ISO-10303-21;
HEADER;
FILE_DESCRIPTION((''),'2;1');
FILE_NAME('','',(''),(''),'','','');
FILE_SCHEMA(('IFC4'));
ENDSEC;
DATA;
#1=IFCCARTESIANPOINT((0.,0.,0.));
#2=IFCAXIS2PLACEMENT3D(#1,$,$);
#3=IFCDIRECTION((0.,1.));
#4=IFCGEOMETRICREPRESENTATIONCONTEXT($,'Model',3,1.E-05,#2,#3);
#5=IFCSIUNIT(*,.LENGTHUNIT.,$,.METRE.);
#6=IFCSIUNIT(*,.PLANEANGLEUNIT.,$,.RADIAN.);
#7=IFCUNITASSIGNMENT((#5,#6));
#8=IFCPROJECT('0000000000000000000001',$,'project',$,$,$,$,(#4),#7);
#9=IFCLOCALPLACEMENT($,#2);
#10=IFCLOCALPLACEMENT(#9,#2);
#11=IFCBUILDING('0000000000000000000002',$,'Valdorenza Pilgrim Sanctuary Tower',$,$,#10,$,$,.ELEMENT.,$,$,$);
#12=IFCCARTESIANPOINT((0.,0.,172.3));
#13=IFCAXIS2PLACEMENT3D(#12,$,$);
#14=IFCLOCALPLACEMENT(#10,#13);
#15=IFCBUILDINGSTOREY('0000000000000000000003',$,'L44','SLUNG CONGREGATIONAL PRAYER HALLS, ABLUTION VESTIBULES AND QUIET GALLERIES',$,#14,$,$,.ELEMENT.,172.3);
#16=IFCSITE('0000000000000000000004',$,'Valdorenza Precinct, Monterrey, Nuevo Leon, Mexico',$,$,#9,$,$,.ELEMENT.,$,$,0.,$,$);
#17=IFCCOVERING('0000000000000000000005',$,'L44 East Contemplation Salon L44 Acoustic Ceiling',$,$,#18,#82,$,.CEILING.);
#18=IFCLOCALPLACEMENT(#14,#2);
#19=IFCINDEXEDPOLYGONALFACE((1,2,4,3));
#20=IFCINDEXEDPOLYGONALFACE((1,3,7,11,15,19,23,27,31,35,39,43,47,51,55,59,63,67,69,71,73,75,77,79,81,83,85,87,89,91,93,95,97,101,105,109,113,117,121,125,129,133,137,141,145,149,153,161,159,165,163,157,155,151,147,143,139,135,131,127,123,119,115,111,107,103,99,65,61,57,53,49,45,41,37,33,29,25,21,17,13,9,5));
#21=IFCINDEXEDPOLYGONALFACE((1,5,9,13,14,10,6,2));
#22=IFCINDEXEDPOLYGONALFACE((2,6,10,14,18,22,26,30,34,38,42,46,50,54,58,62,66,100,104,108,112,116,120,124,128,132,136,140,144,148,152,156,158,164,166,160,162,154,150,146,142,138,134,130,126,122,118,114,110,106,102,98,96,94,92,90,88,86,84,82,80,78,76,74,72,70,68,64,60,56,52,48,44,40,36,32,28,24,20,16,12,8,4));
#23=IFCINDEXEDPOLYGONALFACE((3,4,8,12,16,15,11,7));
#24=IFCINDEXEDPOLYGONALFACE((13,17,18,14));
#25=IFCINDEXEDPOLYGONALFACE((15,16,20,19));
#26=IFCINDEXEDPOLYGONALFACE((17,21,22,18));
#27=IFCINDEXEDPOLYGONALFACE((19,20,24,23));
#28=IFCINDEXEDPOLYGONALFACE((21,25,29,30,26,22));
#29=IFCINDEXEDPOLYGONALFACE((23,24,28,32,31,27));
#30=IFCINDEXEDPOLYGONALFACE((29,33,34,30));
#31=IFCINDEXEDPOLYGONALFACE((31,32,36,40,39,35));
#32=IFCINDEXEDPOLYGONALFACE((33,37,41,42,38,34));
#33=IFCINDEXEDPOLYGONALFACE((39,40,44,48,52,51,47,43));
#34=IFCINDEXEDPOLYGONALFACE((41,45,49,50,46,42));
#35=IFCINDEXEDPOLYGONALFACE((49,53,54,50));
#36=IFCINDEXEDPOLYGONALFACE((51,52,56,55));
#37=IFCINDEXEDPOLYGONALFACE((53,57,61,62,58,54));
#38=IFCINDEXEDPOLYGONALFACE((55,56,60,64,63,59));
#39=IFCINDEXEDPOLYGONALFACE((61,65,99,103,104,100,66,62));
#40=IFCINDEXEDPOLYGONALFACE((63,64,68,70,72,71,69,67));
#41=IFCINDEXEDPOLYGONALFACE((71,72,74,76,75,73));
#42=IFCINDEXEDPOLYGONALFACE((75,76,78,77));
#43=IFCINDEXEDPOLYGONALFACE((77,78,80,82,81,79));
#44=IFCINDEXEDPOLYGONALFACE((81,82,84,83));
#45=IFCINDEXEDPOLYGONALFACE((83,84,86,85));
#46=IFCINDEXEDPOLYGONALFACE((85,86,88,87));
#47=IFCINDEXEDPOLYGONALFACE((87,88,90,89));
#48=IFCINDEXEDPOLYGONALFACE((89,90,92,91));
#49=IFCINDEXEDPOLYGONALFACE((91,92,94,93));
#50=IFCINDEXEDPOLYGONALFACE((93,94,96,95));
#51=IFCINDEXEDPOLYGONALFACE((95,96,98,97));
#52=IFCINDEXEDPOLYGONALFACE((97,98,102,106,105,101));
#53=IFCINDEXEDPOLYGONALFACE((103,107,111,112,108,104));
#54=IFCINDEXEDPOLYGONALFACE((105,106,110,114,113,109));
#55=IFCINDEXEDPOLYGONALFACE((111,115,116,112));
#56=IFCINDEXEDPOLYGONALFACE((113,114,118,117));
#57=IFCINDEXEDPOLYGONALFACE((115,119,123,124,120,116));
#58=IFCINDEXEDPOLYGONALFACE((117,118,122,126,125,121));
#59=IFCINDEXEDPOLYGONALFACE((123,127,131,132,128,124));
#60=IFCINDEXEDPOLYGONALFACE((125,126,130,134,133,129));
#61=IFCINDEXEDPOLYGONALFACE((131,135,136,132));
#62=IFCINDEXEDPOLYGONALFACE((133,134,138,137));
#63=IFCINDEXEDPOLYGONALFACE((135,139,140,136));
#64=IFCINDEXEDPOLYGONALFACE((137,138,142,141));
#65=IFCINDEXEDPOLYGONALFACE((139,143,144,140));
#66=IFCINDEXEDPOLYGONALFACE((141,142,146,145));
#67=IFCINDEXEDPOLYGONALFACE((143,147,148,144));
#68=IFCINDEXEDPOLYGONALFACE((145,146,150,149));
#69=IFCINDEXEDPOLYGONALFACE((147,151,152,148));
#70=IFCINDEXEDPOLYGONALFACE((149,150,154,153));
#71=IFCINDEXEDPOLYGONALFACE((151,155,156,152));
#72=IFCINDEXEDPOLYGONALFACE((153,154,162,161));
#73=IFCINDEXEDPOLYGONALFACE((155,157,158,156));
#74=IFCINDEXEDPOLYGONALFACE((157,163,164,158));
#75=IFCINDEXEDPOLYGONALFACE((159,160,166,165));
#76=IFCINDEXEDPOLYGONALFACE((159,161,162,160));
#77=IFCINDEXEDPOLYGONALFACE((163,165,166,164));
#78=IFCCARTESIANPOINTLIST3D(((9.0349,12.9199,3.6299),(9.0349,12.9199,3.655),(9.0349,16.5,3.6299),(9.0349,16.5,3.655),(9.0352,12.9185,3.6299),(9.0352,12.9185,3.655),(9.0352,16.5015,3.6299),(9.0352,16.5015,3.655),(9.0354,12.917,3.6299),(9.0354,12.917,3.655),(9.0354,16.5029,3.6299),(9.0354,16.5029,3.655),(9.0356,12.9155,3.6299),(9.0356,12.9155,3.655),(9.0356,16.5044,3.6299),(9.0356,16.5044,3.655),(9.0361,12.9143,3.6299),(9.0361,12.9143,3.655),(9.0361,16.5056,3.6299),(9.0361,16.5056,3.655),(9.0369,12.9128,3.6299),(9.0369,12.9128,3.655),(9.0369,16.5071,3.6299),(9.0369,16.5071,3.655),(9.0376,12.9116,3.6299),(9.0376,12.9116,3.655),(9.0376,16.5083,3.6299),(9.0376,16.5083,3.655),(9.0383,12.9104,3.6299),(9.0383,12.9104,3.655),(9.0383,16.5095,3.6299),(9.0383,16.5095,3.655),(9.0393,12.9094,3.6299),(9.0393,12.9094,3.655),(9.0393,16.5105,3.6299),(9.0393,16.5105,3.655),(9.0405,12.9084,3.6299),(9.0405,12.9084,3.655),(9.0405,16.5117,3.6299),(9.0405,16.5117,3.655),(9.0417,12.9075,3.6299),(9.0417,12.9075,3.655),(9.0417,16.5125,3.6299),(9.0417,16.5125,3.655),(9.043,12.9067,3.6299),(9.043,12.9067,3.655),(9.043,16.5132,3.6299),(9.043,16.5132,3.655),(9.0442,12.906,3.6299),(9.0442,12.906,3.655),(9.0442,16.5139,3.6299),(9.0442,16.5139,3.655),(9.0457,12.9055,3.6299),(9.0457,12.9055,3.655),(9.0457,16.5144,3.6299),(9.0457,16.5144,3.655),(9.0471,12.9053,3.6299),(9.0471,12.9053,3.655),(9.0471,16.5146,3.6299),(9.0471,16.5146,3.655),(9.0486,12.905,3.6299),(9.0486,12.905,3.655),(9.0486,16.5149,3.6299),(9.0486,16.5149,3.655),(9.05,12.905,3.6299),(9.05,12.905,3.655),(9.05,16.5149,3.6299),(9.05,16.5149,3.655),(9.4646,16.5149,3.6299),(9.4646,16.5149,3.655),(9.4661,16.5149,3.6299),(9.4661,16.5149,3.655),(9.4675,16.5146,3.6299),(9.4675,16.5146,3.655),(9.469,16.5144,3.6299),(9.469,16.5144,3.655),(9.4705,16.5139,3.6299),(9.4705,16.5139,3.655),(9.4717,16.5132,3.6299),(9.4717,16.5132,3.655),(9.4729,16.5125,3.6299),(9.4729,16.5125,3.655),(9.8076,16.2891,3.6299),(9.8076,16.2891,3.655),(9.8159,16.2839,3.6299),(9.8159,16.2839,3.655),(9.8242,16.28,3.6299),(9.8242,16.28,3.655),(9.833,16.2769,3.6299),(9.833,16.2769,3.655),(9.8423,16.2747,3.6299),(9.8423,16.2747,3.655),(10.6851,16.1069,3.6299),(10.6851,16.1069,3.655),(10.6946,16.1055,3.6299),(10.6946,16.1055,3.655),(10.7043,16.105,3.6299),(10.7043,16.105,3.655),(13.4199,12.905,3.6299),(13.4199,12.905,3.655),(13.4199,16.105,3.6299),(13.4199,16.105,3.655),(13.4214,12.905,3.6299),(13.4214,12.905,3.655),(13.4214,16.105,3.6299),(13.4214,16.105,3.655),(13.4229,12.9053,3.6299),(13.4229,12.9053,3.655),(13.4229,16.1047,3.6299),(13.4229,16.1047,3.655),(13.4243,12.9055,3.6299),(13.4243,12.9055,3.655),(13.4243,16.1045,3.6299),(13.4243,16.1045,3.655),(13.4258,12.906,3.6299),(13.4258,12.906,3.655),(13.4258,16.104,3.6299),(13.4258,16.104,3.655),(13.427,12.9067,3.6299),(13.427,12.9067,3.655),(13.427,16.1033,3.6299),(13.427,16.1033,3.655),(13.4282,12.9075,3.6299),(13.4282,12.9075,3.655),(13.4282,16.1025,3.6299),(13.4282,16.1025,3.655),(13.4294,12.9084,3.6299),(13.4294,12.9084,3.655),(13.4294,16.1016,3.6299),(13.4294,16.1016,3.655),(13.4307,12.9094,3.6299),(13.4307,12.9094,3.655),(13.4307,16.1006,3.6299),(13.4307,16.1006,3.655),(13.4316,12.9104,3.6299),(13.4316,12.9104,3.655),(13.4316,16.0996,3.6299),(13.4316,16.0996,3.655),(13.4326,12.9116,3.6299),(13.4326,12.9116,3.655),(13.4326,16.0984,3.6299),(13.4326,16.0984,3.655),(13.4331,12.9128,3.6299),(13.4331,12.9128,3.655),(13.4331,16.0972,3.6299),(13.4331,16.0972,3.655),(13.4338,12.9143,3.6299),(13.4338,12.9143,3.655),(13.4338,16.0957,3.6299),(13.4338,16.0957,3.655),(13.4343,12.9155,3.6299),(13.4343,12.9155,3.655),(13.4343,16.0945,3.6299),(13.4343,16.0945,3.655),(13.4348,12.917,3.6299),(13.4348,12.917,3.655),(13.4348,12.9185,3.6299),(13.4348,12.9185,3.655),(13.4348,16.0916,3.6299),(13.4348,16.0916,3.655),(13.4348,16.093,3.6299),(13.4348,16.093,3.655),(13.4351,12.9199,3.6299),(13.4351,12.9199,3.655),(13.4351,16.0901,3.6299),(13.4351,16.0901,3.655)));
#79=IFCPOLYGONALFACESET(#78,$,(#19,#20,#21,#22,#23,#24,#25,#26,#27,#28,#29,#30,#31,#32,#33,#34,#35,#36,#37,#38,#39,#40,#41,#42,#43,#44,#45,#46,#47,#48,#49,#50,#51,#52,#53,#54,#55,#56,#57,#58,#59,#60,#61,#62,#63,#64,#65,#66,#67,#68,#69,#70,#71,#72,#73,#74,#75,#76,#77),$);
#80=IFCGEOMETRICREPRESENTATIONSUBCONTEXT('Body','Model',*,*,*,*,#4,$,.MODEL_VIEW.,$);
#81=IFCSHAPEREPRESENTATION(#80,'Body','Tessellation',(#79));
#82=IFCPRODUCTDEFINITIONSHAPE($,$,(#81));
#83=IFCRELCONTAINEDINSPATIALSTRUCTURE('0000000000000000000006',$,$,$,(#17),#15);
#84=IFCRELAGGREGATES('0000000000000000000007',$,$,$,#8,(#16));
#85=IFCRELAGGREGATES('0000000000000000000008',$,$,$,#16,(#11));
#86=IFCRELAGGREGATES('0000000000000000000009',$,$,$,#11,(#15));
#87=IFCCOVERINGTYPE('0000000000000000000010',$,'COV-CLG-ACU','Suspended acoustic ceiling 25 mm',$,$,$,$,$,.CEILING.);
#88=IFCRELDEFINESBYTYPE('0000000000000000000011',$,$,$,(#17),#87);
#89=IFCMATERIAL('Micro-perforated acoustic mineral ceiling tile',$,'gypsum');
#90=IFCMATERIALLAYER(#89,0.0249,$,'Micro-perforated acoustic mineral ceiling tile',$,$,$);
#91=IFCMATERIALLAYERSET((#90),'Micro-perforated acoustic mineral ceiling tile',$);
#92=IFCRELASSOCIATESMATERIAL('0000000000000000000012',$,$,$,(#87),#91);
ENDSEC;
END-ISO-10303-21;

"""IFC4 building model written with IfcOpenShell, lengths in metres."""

from ifc_helpers import new_model, si_unit, direction, frame, origin, place, context, subcontext, project, spatial, polyline, outline, extrude, material, layer, layer_set, type_object, element, save


model = new_model("IFC4")

# Units and contexts
model_context = context("Model", 3, precision=1e-05, world=origin(), true_north=direction((0.0, 1.0)))
body_context = subcontext(model_context, "Body", "Model", "MODEL_VIEW")
ifc_project = project(units=[si_unit("LENGTHUNIT", "METRE"), si_unit("PLANEANGLEUNIT", "RADIAN")], contexts=[model_context])

# Site, building, storey
site_placement = place(None, origin())
site = spatial("IfcSite", under=ifc_project, at=site_placement, Name="Valdorenza Precinct, Monterrey, Nuevo Leon, Mexico", CompositionType="ELEMENT", RefElevation=0.0)
building_placement = place(site_placement, origin())
building = spatial("IfcBuilding", under=site, at=building_placement, Name="Valdorenza Pilgrim Sanctuary Tower", CompositionType="ELEMENT")
storey_placement = place(building_placement, frame((0.0, 0.0, 172.3)))
storey = spatial("IfcBuildingStorey", under=building, at=storey_placement, Name="L44", Description="SLUNG CONGREGATIONAL PRAYER HALLS, ABLUTION VESTIBULES AND QUIET GALLERIES", CompositionType="ELEMENT", Elevation=172.3)

# Covering
ifc_material_1 = material(Name="Micro-perforated acoustic mineral ceiling tile", Category="gypsum")
ifc_layer_1 = layer(ifc_material_1, 0.0249, Name="Micro-perforated acoustic mineral ceiling tile")
ifc_layer_set_1 = layer_set([ifc_layer_1], Name="Micro-perforated acoustic mineral ceiling tile")
covering_type_1 = type_object("IfcCoveringType", Name="COV-CLG-ACU", Description="Suspended acoustic ceiling 25 mm", PredefinedType="CEILING", material=ifc_layer_set_1)
covering_1_placement = place(storey_placement, frame((0.0, 0.0, 3.6299)))
element("IfcCovering", 1, at=covering_1_placement, inside=storey, type_object=covering_type_1, Name="L44 East Contemplation Salon L44 Acoustic Ceiling", PredefinedType="CEILING", context=body_context, shape_type="SweptSolid", body=[
    extrude(outline(polyline([(9.05, 12.905), (9.0486, 12.905), (9.0471, 12.9053), (9.0457, 12.9055), (9.0442, 12.906), (9.043, 12.9067), (9.0417, 12.9075), (9.0405, 12.9084), (9.0393, 12.9094), (9.0383, 12.9104), (9.0376, 12.9116), (9.0369, 12.9128), (9.0361, 12.9143), (9.0356, 12.9155), (9.0354, 12.917), (9.0352, 12.9185), (9.0349, 12.9199), (9.0349, 16.5), (9.0352, 16.5015), (9.0354, 16.5029), (9.0356, 16.5044), (9.0361, 16.5056), (9.0369, 16.5071), (9.0376, 16.5083), (9.0383, 16.5095), (9.0393, 16.5105), (9.0405, 16.5117), (9.0417, 16.5125), (9.043, 16.5132), (9.0442, 16.5139), (9.0457, 16.5144), (9.0471, 16.5146), (9.0486, 16.5149), (9.05, 16.5149), (9.4646, 16.5149), (9.4661, 16.5149), (9.4675, 16.5146), (9.469, 16.5144), (9.4705, 16.5139), (9.4717, 16.5132), (9.4729, 16.5125), (9.8076, 16.2891), (9.8159, 16.2839), (9.8242, 16.28), (9.833, 16.2769), (9.8423, 16.2747), (10.6851, 16.1069), (10.6946, 16.1055), (10.7043, 16.105), (13.4199, 16.105), (13.4214, 16.105), (13.4229, 16.1047), (13.4243, 16.1045), (13.4258, 16.104), (13.427, 16.1033), (13.4282, 16.1025), (13.4294, 16.1016), (13.4307, 16.1006), (13.4316, 16.0996), (13.4326, 16.0984), (13.4331, 16.0972), (13.4338, 16.0957), (13.4343, 16.0945), (13.4348, 16.093), (13.4348, 16.0916), (13.4351, 16.0901), (13.4351, 12.9199), (13.4348, 12.9185), (13.4348, 12.917), (13.4343, 12.9155), (13.4338, 12.9143), (13.4331, 12.9128), (13.4326, 12.9116), (13.4316, 12.9104), (13.4307, 12.9094), (13.4294, 12.9084), (13.4282, 12.9075), (13.427, 12.9067), (13.4258, 12.906), (13.4243, 12.9055), (13.4229, 12.9053), (13.4214, 12.905), (13.4199, 12.905), (9.05, 12.905)])), origin(), (0.0, 0.0, 1.0), 0.0251),
])

save(model, "model.ifc")
